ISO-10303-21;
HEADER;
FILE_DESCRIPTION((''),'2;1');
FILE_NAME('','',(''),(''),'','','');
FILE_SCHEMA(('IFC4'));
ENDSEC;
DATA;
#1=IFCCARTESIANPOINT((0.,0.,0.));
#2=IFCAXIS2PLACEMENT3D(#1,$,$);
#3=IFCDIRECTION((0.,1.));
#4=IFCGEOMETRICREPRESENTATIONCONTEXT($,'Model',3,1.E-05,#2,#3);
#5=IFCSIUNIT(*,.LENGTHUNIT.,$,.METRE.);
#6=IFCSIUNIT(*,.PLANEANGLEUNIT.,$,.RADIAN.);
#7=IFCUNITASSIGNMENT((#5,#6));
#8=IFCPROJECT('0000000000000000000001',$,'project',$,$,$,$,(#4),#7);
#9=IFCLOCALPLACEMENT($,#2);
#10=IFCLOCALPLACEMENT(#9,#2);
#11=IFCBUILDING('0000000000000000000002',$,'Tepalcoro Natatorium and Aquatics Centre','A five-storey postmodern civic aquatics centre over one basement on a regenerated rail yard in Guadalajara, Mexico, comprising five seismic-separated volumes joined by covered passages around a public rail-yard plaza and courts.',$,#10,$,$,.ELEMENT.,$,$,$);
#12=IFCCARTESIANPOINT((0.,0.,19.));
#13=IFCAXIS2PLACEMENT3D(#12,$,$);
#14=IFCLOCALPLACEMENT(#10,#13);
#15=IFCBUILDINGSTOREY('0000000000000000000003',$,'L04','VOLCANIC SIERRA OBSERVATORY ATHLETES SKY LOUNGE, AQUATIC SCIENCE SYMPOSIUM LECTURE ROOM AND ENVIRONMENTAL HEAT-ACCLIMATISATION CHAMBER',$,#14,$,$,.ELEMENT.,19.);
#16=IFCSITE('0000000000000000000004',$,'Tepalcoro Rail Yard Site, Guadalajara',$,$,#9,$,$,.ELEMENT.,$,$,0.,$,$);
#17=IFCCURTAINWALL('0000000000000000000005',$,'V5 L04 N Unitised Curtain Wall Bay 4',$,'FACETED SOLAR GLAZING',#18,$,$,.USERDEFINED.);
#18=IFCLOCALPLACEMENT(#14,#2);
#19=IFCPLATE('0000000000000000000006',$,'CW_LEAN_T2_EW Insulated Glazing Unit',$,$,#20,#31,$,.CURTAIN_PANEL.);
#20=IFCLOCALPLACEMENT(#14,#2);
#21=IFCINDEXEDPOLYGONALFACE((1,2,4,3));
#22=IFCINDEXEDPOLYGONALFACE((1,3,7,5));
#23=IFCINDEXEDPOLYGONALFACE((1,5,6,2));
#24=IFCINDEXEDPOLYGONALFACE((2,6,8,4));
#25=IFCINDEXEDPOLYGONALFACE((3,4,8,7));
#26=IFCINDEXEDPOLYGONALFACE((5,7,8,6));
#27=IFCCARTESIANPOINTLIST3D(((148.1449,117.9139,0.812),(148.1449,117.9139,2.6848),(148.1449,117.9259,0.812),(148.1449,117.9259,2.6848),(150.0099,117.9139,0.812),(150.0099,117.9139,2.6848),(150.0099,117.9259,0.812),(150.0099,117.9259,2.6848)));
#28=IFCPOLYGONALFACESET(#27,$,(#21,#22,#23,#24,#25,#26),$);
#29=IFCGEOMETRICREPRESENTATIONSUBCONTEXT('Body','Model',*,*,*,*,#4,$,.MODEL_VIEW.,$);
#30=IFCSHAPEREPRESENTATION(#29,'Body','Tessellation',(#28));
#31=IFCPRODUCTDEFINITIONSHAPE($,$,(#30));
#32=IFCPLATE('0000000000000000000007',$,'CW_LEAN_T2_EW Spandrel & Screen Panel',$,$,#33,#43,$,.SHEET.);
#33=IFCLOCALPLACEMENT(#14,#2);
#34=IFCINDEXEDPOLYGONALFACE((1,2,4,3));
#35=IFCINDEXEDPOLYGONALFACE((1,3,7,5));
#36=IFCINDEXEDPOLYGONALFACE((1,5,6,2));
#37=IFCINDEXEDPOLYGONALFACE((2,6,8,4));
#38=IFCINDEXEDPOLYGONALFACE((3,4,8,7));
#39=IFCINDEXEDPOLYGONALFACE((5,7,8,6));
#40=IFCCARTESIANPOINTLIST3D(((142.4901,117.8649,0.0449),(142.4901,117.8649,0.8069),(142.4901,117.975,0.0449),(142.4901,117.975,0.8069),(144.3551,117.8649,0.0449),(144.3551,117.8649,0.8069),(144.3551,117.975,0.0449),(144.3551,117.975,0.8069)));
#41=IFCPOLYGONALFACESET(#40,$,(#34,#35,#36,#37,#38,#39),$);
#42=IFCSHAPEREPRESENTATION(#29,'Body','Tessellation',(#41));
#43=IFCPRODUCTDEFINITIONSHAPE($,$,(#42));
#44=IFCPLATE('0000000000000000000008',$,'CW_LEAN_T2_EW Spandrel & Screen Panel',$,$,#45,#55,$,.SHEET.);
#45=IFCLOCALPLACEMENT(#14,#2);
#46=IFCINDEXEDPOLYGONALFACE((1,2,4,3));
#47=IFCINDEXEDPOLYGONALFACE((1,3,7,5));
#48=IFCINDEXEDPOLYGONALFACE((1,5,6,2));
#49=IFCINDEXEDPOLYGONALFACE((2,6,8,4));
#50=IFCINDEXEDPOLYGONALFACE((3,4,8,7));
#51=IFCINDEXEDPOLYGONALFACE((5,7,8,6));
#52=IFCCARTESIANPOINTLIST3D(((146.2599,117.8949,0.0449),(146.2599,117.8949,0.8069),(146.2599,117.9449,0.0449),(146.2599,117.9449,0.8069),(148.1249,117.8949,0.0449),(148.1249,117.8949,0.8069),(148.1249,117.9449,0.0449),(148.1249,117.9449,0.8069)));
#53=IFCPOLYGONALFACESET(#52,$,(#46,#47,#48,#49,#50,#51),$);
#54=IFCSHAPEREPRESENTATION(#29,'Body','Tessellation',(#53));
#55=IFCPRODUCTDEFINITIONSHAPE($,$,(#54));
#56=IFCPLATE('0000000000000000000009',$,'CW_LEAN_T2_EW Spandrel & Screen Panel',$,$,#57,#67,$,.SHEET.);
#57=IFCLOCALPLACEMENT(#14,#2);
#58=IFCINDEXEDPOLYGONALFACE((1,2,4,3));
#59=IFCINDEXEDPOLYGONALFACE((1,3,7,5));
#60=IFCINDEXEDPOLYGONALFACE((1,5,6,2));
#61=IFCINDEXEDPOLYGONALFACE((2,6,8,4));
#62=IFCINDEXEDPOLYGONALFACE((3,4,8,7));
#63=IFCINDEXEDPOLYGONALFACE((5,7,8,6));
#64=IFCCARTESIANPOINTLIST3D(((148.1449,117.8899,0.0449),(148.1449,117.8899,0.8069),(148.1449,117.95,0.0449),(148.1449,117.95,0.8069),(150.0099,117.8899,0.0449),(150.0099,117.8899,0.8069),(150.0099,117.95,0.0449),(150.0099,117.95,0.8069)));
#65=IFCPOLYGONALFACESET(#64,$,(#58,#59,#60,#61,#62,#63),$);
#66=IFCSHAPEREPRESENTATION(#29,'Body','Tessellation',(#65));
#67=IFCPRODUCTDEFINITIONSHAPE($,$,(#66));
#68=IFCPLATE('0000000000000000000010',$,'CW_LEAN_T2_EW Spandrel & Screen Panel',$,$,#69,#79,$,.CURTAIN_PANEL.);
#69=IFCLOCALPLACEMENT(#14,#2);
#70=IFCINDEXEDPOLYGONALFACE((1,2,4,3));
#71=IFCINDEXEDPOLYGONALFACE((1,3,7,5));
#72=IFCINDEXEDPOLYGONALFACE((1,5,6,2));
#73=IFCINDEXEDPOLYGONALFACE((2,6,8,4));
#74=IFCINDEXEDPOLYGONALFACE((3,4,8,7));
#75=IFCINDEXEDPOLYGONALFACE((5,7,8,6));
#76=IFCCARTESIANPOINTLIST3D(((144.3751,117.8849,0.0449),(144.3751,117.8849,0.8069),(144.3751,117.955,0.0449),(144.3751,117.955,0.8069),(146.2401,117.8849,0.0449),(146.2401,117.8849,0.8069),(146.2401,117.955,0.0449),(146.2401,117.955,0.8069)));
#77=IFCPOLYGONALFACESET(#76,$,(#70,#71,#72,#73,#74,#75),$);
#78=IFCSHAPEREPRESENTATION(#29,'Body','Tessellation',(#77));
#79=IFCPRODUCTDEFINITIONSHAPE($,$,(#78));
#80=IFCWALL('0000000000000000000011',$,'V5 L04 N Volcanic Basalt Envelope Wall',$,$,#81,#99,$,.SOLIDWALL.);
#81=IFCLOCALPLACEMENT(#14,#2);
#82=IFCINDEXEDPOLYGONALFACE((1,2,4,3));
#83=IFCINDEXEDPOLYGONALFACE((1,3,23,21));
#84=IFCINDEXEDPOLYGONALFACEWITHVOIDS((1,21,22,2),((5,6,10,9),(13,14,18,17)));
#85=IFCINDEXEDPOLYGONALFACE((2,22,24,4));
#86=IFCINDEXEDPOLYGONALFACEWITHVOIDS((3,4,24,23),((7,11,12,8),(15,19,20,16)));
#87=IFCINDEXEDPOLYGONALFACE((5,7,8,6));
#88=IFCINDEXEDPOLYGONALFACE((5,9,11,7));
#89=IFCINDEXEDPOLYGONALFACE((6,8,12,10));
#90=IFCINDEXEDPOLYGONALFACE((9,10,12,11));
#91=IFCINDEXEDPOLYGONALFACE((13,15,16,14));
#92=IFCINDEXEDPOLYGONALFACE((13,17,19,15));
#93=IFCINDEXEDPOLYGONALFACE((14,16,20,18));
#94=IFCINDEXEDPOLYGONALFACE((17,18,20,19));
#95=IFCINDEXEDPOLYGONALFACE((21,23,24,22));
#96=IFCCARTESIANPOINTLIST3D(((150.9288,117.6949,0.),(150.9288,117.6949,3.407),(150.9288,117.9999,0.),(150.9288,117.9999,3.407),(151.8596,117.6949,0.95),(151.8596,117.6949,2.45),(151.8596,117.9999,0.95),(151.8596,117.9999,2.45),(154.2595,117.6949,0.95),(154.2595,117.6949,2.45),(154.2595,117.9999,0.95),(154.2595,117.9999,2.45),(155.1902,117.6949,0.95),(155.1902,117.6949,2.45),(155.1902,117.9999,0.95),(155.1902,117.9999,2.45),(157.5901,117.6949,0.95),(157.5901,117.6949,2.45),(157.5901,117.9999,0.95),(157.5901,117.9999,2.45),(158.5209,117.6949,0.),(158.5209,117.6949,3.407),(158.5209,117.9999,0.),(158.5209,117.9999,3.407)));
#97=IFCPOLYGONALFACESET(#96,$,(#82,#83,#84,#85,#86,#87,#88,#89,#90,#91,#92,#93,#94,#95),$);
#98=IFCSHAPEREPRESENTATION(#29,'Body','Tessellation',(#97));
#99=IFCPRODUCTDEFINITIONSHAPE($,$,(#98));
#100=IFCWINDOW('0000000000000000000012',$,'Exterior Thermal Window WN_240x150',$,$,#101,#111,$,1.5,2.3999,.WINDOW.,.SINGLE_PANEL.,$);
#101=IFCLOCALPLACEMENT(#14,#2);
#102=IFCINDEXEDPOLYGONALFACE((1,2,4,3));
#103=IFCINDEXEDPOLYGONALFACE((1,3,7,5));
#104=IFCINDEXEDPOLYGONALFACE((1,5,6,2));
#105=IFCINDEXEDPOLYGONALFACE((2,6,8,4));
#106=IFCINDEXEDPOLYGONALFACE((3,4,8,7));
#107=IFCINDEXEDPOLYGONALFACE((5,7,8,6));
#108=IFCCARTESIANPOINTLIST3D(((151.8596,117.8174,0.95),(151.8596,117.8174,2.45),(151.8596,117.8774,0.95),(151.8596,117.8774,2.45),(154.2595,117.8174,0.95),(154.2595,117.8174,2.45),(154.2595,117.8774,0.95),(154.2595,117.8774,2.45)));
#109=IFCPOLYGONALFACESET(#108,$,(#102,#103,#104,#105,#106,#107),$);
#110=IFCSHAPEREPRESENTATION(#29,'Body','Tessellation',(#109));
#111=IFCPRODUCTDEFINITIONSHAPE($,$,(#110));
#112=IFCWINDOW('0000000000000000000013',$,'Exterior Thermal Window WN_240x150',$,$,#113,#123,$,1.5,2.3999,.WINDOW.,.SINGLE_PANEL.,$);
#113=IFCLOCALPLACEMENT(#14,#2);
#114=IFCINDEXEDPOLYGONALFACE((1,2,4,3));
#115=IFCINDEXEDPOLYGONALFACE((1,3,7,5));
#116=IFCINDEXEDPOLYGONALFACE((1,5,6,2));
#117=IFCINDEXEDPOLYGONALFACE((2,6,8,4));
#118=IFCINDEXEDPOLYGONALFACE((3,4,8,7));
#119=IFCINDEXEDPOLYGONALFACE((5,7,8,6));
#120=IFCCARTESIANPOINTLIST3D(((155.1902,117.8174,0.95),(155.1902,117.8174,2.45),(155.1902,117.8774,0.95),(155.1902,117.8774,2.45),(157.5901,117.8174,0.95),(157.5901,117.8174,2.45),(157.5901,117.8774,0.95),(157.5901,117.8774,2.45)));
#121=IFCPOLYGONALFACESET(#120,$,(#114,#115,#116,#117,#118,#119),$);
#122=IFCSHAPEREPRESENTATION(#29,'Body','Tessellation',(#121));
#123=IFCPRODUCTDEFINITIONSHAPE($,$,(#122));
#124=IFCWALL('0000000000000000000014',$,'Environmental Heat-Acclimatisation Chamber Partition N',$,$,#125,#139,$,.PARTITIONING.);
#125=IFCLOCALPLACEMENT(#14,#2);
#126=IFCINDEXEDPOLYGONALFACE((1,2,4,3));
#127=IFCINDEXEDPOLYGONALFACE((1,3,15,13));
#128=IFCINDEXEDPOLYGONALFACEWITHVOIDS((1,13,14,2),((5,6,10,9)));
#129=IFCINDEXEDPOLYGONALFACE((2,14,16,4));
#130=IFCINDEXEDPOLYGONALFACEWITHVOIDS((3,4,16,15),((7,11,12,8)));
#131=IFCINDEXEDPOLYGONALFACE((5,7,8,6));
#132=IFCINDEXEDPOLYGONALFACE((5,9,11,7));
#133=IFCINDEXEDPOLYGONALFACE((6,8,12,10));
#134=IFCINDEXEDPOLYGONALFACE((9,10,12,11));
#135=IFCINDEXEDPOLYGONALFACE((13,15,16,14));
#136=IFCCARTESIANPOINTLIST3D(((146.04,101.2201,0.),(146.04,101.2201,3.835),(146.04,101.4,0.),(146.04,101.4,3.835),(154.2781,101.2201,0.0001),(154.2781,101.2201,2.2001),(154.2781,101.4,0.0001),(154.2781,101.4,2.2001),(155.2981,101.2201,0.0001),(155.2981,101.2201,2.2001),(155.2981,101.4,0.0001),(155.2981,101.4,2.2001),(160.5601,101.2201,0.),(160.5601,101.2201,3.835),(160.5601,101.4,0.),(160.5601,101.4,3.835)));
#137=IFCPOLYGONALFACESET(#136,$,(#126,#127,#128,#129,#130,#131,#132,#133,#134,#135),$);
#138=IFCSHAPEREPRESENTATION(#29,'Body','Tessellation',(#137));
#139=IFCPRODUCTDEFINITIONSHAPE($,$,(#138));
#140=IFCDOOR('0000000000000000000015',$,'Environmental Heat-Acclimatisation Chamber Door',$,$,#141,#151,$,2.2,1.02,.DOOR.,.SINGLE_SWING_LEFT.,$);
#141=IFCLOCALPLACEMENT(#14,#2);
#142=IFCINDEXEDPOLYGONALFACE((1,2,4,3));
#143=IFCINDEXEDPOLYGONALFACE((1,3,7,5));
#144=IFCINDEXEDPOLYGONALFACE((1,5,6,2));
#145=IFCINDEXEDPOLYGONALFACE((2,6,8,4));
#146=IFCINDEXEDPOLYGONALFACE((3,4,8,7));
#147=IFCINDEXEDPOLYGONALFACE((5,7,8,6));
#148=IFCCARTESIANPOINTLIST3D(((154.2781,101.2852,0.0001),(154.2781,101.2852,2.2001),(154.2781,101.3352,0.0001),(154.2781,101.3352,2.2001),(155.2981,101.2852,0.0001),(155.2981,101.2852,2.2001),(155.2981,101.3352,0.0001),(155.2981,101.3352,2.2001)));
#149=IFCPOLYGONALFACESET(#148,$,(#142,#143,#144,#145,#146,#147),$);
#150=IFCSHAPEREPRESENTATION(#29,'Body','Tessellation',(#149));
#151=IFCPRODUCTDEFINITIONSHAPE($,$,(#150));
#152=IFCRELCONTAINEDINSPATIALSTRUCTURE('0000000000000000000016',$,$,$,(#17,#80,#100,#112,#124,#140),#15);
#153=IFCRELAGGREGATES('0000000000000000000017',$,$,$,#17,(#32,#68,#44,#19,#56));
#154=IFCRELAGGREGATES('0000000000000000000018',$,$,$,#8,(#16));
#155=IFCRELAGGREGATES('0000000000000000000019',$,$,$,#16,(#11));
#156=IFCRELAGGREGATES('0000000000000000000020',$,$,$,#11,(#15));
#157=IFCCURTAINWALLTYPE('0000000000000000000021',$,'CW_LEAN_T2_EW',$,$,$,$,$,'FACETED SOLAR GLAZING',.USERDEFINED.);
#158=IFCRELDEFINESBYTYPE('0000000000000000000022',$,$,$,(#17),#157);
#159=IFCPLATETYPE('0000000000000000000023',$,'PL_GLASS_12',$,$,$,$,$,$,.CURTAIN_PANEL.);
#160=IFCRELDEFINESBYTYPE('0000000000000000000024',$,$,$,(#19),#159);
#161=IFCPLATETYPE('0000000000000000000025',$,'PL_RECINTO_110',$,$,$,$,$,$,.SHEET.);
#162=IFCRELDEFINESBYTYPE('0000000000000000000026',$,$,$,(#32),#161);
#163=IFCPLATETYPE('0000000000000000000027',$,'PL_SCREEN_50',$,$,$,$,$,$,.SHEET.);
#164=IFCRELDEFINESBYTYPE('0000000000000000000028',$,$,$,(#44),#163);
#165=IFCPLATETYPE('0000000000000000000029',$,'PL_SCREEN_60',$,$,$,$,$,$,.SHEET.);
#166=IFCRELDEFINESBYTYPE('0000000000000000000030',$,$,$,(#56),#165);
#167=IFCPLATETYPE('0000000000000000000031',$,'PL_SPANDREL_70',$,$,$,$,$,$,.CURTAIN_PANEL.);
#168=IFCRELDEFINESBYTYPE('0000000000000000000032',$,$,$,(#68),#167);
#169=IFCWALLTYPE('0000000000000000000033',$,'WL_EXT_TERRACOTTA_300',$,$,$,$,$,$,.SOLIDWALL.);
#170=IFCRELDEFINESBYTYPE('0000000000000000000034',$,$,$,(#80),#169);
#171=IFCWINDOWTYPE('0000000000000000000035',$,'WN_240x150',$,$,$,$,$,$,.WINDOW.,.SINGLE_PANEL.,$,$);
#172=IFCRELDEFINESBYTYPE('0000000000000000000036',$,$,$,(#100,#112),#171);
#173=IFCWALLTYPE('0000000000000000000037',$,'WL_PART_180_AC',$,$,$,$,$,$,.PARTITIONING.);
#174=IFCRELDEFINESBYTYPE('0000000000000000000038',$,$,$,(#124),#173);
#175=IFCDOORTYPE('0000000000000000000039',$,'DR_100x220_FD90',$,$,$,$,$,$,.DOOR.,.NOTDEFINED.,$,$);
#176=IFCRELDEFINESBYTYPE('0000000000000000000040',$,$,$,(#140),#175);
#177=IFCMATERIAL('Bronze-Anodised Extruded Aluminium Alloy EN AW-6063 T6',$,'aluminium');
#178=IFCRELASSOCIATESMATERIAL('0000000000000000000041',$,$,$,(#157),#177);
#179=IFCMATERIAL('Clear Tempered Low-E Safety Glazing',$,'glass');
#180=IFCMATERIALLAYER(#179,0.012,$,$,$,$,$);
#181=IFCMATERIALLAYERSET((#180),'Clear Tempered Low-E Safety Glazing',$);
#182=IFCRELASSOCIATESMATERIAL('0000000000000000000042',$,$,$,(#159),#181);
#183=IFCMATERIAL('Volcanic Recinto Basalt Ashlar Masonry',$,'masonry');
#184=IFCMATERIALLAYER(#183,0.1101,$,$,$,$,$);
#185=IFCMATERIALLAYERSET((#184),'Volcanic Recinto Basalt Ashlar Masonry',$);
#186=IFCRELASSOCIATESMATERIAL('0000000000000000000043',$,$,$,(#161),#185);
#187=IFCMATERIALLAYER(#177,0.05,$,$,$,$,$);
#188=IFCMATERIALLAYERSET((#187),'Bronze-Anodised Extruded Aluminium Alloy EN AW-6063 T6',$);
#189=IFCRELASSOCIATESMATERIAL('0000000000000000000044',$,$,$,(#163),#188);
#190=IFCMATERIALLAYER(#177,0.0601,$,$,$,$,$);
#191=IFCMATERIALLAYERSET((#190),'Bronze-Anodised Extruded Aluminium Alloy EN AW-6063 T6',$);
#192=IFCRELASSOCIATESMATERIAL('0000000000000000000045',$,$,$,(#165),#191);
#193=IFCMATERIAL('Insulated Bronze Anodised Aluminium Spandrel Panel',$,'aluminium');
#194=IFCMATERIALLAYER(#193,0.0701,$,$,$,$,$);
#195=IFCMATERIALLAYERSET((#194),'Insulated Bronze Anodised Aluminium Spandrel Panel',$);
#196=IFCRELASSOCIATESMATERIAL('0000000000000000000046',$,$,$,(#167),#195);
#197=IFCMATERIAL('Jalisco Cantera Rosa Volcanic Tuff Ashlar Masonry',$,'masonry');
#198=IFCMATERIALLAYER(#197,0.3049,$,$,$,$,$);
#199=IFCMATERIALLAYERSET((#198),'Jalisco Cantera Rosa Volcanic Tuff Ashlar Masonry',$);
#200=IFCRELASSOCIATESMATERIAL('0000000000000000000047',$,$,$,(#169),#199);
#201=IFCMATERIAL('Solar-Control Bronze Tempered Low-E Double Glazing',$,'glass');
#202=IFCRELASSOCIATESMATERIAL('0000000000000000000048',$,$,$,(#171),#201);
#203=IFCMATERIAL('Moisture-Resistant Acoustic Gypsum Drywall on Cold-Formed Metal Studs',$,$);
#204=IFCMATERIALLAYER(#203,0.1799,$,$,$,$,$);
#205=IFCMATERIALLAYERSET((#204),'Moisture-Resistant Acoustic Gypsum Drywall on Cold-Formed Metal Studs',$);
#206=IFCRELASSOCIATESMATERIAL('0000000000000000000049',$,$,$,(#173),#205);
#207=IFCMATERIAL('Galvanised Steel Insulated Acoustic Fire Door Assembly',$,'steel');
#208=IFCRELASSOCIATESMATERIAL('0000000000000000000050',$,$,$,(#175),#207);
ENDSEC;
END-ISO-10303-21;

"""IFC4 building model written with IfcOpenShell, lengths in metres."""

from ifc_helpers import new_model, si_unit, direction, frame, frame_2d, origin, origin_2d, place, context, subcontext, project, spatial, rectangle, extrude, material, layer, layer_set, type_object, element, fill, aggregate, save


model = new_model("IFC4")

# Units and contexts
model_context = context("Model", 3, precision=1e-05, world=origin(), true_north=direction((0.0, 1.0)))
body_context = subcontext(model_context, "Body", "Model", "MODEL_VIEW")
ifc_project = project(units=[si_unit("LENGTHUNIT", "METRE"), si_unit("PLANEANGLEUNIT", "RADIAN")], contexts=[model_context])

# Site, building, storey
site_placement = place(None, origin())
site = spatial("IfcSite", under=ifc_project, at=site_placement, Name="Tepalcoro Rail Yard Site, Guadalajara", CompositionType="ELEMENT", RefElevation=0.0)
building_placement = place(site_placement, origin())
building = spatial("IfcBuilding", under=site, at=building_placement, Name="Tepalcoro Natatorium and Aquatics Centre", Description="A five-storey postmodern civic aquatics centre over one basement on a regenerated rail yard in Guadalajara, Mexico, comprising five seismic-separated volumes joined by covered passages around a public rail-yard plaza and courts.", CompositionType="ELEMENT")
storey_placement = place(building_placement, frame((0.0, 0.0, 19.0)))
storey = spatial("IfcBuildingStorey", under=building, at=storey_placement, Name="L04", Description="VOLCANIC SIERRA OBSERVATORY ATHLETES SKY LOUNGE, AQUATIC SCIENCE SYMPOSIUM LECTURE ROOM AND ENVIRONMENTAL HEAT-ACCLIMATISATION CHAMBER", CompositionType="ELEMENT", Elevation=19.0)

# Curtain wall
ifc_material_1 = material(Name="Bronze-Anodised Extruded Aluminium Alloy EN AW-6063 T6", Category="aluminium")
curtain_wall_type = type_object("IfcCurtainWallType", Name="CW_LEAN_T2_EW", ElementType="FACETED SOLAR GLAZING", PredefinedType="USERDEFINED", material=ifc_material_1)
curtain_wall_placement = place(storey_placement, origin())
curtain_wall = element("IfcCurtainWall", 1, at=curtain_wall_placement, inside=storey, type_object=curtain_wall_type, Name="V5 L04 N Unitised Curtain Wall Bay 4", ObjectType="FACETED SOLAR GLAZING", PredefinedType="USERDEFINED")

# Plates
ifc_material_2 = material(Name="Solar-Control Bronze Tempered Low-E Double Glazing", Category="glass")
ifc_material_3 = material(Name="Clear Tempered Low-E Safety Glazing", Category="glass")
ifc_layer_1 = layer(ifc_material_3, 0.012)
ifc_layer_set_1 = layer_set([ifc_layer_1], Name="Clear Tempered Low-E Safety Glazing")
plate_type_1 = type_object("IfcPlateType", Name="PL_GLASS_12", PredefinedType="CURTAIN_PANEL", material=ifc_layer_set_1)
plate_1_placement = place(storey_placement, frame((149.0774, 117.9199, 0.812), z_axis=(0.0, 0.0, 1.0), x_axis=(1.0, 0.0, 0.0)))
plate_1 = element("IfcPlate", 2, at=plate_1_placement, type_object=plate_type_1, Name="CW_LEAN_T2_EW Insulated Glazing Unit", PredefinedType="CURTAIN_PANEL", context=body_context, shape_type="SweptSolid", body=[
    extrude(rectangle(XDim=1.865, YDim=0.012, at=origin_2d()), origin(), (0.0, 0.0, 1.0), 1.8728),
])
ifc_material_4 = material(Name="Volcanic Recinto Basalt Ashlar Masonry", Category="masonry")
ifc_layer_2 = layer(ifc_material_4, 0.1101)
ifc_layer_set_2 = layer_set([ifc_layer_2], Name="Volcanic Recinto Basalt Ashlar Masonry")
plate_type_2 = type_object("IfcPlateType", Name="PL_RECINTO_110", PredefinedType="SHEET", material=ifc_layer_set_2)
plate_2_placement = place(storey_placement, frame((143.4226, 117.9199, 0.0449), z_axis=(0.0, 0.0, 1.0), x_axis=(1.0, 0.0, 0.0)))
plate_2 = element("IfcPlate", 3, at=plate_2_placement, type_object=plate_type_2, Name="CW_LEAN_T2_EW Spandrel & Screen Panel", PredefinedType="SHEET", context=body_context, shape_type="SweptSolid", body=[
    extrude(rectangle(XDim=1.865, YDim=0.1101, at=origin_2d()), origin(), (0.0, 0.0, 1.0), 0.762),
])
ifc_layer_3 = layer(ifc_material_1, 0.05)
ifc_layer_set_3 = layer_set([ifc_layer_3], Name="Bronze-Anodised Extruded Aluminium Alloy EN AW-6063 T6")
plate_type_3 = type_object("IfcPlateType", Name="PL_SCREEN_50", PredefinedType="SHEET", material=ifc_layer_set_3)
plate_3_placement = place(storey_placement, frame((147.1924, 117.9199, 0.0449), z_axis=(0.0, 0.0, 1.0), x_axis=(1.0, 0.0, 0.0)))
plate_3 = element("IfcPlate", 4, at=plate_3_placement, type_object=plate_type_3, Name="CW_LEAN_T2_EW Spandrel & Screen Panel", PredefinedType="SHEET", context=body_context, shape_type="SweptSolid", body=[
    extrude(rectangle(XDim=1.865, YDim=0.05, at=origin_2d()), origin(), (0.0, 0.0, 1.0), 0.762),
])
ifc_layer_4 = layer(ifc_material_1, 0.0601)
ifc_layer_set_4 = layer_set([ifc_layer_4], Name="Bronze-Anodised Extruded Aluminium Alloy EN AW-6063 T6")
plate_type_4 = type_object("IfcPlateType", Name="PL_SCREEN_60", PredefinedType="SHEET", material=ifc_layer_set_4)
plate_4_placement = place(storey_placement, frame((149.0774, 117.9199, 0.0449), z_axis=(0.0, 0.0, 1.0), x_axis=(1.0, 0.0, 0.0)))
plate_4 = element("IfcPlate", 5, at=plate_4_placement, type_object=plate_type_4, Name="CW_LEAN_T2_EW Spandrel & Screen Panel", PredefinedType="SHEET", context=body_context, shape_type="SweptSolid", body=[
    extrude(rectangle(XDim=1.865, YDim=0.0601, at=origin_2d()), origin(), (0.0, 0.0, 1.0), 0.762),
])
ifc_material_5 = material(Name="Insulated Bronze Anodised Aluminium Spandrel Panel", Category="aluminium")
ifc_layer_5 = layer(ifc_material_5, 0.0701)
ifc_layer_set_5 = layer_set([ifc_layer_5], Name="Insulated Bronze Anodised Aluminium Spandrel Panel")
plate_type_5 = type_object("IfcPlateType", Name="PL_SPANDREL_70", PredefinedType="CURTAIN_PANEL", material=ifc_layer_set_5)
plate_5_placement = place(storey_placement, frame((145.3076, 117.9199, 0.0449), z_axis=(0.0, 0.0, 1.0), x_axis=(1.0, 0.0, 0.0)))
plate_5 = element("IfcPlate", 6, at=plate_5_placement, type_object=plate_type_5, Name="CW_LEAN_T2_EW Spandrel & Screen Panel", PredefinedType="CURTAIN_PANEL", context=body_context, shape_type="SweptSolid", body=[
    extrude(rectangle(XDim=1.865, YDim=0.0701, at=origin_2d()), origin(), (0.0, 0.0, 1.0), 0.762),
])
aggregate(curtain_wall, [plate_2, plate_5, plate_3, plate_1, plate_4])

# Wall, openings, windows
ifc_material_6 = material(Name="Jalisco Cantera Rosa Volcanic Tuff Ashlar Masonry", Category="masonry")
ifc_layer_6 = layer(ifc_material_6, 0.3049)
ifc_layer_set_6 = layer_set([ifc_layer_6], Name="Jalisco Cantera Rosa Volcanic Tuff Ashlar Masonry")
wall_type_1 = type_object("IfcWallType", Name="WL_EXT_TERRACOTTA_300", PredefinedType="SOLIDWALL", material=ifc_layer_set_6)
wall_1_placement = place(storey_placement, frame((150.929, 117.8474, 0.0), z_axis=(0.0, 0.0, 1.0), x_axis=(1.0, 0.0, 0.0)))
wall_1 = element("IfcWall", 7, at=wall_1_placement, inside=storey, type_object=wall_type_1, Name="V5 L04 N Volcanic Basalt Envelope Wall", PredefinedType="SOLIDWALL", context=body_context, shape_type="SweptSolid", body=[
    extrude(rectangle(XDim=7.592, YDim=0.3049, at=frame_2d((3.7959, 0.0))), origin(), (0.0, 0.0, 1.0), 3.407),
])
opening_1_placement = place(wall_1_placement, frame((0.9307, 0.0, 0.95)))
opening_1 = element("IfcOpeningElement", 8, at=opening_1_placement, cuts=wall_1, PredefinedType="OPENING", context=body_context, shape_type="SweptSolid", body=[
    extrude(rectangle(XDim=2.3999, YDim=1.5, at=frame_2d((1.2, 0.75))), frame((0.0, 0.1646, 0.0), z_axis=(0.0, -1.0, 0.0), x_axis=(1.0, 0.0, 0.0)), (0.0, 0.0, 1.0), 0.3289),
])
opening_2_placement = place(wall_1_placement, frame((4.2612, 0.0, 0.95)))
opening_2 = element("IfcOpeningElement", 9, at=opening_2_placement, cuts=wall_1, PredefinedType="OPENING", context=body_context, shape_type="SweptSolid", body=[
    extrude(rectangle(XDim=2.3999, YDim=1.5, at=frame_2d((1.2, 0.75))), frame((0.0, 0.1646, 0.0), z_axis=(0.0, -1.0, 0.0), x_axis=(1.0, 0.0, 0.0)), (0.0, 0.0, 1.0), 0.3289),
])
window_type = type_object("IfcWindowType", Name="WN_240x150", PartitioningType="SINGLE_PANEL", PredefinedType="WINDOW", material=ifc_material_2)
window_1_placement = place(opening_1_placement, origin())
window_1 = element("IfcWindow", 10, at=window_1_placement, inside=storey, type_object=window_type, Name="Exterior Thermal Window WN_240x150", OverallHeight=1.5, OverallWidth=2.3999, PartitioningType="SINGLE_PANEL", PredefinedType="WINDOW", context=body_context, shape_type="SweptSolid", body=[
    extrude(rectangle(XDim=2.3999, YDim=1.5, at=frame_2d((1.2, 0.75))), frame((0.0, 0.03, 0.0), z_axis=(0.0, -1.0, 0.0), x_axis=(1.0, 0.0, 0.0)), (0.0, 0.0, 1.0), 0.0601),
])
fill(opening_1, window_1)
window_2_placement = place(opening_2_placement, origin())
window_2 = element("IfcWindow", 11, at=window_2_placement, inside=storey, type_object=window_type, Name="Exterior Thermal Window WN_240x150", OverallHeight=1.5, OverallWidth=2.3999, PartitioningType="SINGLE_PANEL", PredefinedType="WINDOW", context=body_context, shape_type="SweptSolid", body=[
    extrude(rectangle(XDim=2.3999, YDim=1.5, at=frame_2d((1.2, 0.75))), frame((0.0, 0.03, 0.0), z_axis=(0.0, -1.0, 0.0), x_axis=(1.0, 0.0, 0.0)), (0.0, 0.0, 1.0), 0.0601),
])
fill(opening_2, window_2)

# Wall, opening, door
ifc_material_7 = material(Name="Moisture-Resistant Acoustic Gypsum Drywall on Cold-Formed Metal Studs")
ifc_layer_7 = layer(ifc_material_7, 0.1799)
ifc_layer_set_7 = layer_set([ifc_layer_7], Name="Moisture-Resistant Acoustic Gypsum Drywall on Cold-Formed Metal Studs")
wall_type_2 = type_object("IfcWallType", Name="WL_PART_180_AC", PredefinedType="PARTITIONING", material=ifc_layer_set_7)
wall_2_placement = place(storey_placement, frame((146.04, 101.3101, 0.0), z_axis=(0.0, 0.0, 1.0), x_axis=(1.0, 0.0, 0.0)))
wall_2 = element("IfcWall", 12, at=wall_2_placement, inside=storey, type_object=wall_type_2, Name="Environmental Heat-Acclimatisation Chamber Partition N", PredefinedType="PARTITIONING", context=body_context, shape_type="SweptSolid", body=[
    extrude(rectangle(XDim=14.52, YDim=0.1799, at=frame_2d((7.26, 0.0))), origin(), (0.0, 0.0, 1.0), 3.835),
])
opening_3_placement = place(wall_2_placement, frame((8.238, 0.0, 0.0)))
opening_3 = element("IfcOpeningElement", 13, at=opening_3_placement, cuts=wall_2, PredefinedType="OPENING", context=body_context, shape_type="SweptSolid", body=[
    extrude(rectangle(XDim=1.02, YDim=2.2, at=frame_2d((0.51, 1.1001))), frame((0.0, 0.1021, 0.0), z_axis=(0.0, -1.0, 0.0), x_axis=(1.0, 0.0, 0.0)), (0.0, 0.0, 1.0), 0.2039),
])
ifc_material_8 = material(Name="Galvanised Steel Insulated Acoustic Fire Door Assembly", Category="steel")
door_type_1 = type_object("IfcDoorType", Name="DR_100x220_FD90", OperationType="NOTDEFINED", PredefinedType="DOOR", material=ifc_material_8)
door_1_placement = place(opening_3_placement, frame((1.02, 0.0, 0.0), z_axis=(0.0, 0.0, 1.0), x_axis=(-1.0, 0.0, 0.0)))
door_1 = element("IfcDoor", 14, at=door_1_placement, inside=storey, type_object=door_type_1, Name="Environmental Heat-Acclimatisation Chamber Door", OperationType="SINGLE_SWING_LEFT", OverallHeight=2.2, OverallWidth=1.02, PredefinedType="DOOR", context=body_context, shape_type="SweptSolid", body=[
    extrude(rectangle(XDim=1.02, YDim=2.2, at=frame_2d((0.51, 1.1001))), frame((0.0, 0.0249, 0.0), z_axis=(0.0, -1.0, 0.0), x_axis=(1.0, 0.0, 0.0)), (0.0, 0.0, 1.0), 0.05),
])
fill(opening_3, door_1)

save(model, "model.ifc")
